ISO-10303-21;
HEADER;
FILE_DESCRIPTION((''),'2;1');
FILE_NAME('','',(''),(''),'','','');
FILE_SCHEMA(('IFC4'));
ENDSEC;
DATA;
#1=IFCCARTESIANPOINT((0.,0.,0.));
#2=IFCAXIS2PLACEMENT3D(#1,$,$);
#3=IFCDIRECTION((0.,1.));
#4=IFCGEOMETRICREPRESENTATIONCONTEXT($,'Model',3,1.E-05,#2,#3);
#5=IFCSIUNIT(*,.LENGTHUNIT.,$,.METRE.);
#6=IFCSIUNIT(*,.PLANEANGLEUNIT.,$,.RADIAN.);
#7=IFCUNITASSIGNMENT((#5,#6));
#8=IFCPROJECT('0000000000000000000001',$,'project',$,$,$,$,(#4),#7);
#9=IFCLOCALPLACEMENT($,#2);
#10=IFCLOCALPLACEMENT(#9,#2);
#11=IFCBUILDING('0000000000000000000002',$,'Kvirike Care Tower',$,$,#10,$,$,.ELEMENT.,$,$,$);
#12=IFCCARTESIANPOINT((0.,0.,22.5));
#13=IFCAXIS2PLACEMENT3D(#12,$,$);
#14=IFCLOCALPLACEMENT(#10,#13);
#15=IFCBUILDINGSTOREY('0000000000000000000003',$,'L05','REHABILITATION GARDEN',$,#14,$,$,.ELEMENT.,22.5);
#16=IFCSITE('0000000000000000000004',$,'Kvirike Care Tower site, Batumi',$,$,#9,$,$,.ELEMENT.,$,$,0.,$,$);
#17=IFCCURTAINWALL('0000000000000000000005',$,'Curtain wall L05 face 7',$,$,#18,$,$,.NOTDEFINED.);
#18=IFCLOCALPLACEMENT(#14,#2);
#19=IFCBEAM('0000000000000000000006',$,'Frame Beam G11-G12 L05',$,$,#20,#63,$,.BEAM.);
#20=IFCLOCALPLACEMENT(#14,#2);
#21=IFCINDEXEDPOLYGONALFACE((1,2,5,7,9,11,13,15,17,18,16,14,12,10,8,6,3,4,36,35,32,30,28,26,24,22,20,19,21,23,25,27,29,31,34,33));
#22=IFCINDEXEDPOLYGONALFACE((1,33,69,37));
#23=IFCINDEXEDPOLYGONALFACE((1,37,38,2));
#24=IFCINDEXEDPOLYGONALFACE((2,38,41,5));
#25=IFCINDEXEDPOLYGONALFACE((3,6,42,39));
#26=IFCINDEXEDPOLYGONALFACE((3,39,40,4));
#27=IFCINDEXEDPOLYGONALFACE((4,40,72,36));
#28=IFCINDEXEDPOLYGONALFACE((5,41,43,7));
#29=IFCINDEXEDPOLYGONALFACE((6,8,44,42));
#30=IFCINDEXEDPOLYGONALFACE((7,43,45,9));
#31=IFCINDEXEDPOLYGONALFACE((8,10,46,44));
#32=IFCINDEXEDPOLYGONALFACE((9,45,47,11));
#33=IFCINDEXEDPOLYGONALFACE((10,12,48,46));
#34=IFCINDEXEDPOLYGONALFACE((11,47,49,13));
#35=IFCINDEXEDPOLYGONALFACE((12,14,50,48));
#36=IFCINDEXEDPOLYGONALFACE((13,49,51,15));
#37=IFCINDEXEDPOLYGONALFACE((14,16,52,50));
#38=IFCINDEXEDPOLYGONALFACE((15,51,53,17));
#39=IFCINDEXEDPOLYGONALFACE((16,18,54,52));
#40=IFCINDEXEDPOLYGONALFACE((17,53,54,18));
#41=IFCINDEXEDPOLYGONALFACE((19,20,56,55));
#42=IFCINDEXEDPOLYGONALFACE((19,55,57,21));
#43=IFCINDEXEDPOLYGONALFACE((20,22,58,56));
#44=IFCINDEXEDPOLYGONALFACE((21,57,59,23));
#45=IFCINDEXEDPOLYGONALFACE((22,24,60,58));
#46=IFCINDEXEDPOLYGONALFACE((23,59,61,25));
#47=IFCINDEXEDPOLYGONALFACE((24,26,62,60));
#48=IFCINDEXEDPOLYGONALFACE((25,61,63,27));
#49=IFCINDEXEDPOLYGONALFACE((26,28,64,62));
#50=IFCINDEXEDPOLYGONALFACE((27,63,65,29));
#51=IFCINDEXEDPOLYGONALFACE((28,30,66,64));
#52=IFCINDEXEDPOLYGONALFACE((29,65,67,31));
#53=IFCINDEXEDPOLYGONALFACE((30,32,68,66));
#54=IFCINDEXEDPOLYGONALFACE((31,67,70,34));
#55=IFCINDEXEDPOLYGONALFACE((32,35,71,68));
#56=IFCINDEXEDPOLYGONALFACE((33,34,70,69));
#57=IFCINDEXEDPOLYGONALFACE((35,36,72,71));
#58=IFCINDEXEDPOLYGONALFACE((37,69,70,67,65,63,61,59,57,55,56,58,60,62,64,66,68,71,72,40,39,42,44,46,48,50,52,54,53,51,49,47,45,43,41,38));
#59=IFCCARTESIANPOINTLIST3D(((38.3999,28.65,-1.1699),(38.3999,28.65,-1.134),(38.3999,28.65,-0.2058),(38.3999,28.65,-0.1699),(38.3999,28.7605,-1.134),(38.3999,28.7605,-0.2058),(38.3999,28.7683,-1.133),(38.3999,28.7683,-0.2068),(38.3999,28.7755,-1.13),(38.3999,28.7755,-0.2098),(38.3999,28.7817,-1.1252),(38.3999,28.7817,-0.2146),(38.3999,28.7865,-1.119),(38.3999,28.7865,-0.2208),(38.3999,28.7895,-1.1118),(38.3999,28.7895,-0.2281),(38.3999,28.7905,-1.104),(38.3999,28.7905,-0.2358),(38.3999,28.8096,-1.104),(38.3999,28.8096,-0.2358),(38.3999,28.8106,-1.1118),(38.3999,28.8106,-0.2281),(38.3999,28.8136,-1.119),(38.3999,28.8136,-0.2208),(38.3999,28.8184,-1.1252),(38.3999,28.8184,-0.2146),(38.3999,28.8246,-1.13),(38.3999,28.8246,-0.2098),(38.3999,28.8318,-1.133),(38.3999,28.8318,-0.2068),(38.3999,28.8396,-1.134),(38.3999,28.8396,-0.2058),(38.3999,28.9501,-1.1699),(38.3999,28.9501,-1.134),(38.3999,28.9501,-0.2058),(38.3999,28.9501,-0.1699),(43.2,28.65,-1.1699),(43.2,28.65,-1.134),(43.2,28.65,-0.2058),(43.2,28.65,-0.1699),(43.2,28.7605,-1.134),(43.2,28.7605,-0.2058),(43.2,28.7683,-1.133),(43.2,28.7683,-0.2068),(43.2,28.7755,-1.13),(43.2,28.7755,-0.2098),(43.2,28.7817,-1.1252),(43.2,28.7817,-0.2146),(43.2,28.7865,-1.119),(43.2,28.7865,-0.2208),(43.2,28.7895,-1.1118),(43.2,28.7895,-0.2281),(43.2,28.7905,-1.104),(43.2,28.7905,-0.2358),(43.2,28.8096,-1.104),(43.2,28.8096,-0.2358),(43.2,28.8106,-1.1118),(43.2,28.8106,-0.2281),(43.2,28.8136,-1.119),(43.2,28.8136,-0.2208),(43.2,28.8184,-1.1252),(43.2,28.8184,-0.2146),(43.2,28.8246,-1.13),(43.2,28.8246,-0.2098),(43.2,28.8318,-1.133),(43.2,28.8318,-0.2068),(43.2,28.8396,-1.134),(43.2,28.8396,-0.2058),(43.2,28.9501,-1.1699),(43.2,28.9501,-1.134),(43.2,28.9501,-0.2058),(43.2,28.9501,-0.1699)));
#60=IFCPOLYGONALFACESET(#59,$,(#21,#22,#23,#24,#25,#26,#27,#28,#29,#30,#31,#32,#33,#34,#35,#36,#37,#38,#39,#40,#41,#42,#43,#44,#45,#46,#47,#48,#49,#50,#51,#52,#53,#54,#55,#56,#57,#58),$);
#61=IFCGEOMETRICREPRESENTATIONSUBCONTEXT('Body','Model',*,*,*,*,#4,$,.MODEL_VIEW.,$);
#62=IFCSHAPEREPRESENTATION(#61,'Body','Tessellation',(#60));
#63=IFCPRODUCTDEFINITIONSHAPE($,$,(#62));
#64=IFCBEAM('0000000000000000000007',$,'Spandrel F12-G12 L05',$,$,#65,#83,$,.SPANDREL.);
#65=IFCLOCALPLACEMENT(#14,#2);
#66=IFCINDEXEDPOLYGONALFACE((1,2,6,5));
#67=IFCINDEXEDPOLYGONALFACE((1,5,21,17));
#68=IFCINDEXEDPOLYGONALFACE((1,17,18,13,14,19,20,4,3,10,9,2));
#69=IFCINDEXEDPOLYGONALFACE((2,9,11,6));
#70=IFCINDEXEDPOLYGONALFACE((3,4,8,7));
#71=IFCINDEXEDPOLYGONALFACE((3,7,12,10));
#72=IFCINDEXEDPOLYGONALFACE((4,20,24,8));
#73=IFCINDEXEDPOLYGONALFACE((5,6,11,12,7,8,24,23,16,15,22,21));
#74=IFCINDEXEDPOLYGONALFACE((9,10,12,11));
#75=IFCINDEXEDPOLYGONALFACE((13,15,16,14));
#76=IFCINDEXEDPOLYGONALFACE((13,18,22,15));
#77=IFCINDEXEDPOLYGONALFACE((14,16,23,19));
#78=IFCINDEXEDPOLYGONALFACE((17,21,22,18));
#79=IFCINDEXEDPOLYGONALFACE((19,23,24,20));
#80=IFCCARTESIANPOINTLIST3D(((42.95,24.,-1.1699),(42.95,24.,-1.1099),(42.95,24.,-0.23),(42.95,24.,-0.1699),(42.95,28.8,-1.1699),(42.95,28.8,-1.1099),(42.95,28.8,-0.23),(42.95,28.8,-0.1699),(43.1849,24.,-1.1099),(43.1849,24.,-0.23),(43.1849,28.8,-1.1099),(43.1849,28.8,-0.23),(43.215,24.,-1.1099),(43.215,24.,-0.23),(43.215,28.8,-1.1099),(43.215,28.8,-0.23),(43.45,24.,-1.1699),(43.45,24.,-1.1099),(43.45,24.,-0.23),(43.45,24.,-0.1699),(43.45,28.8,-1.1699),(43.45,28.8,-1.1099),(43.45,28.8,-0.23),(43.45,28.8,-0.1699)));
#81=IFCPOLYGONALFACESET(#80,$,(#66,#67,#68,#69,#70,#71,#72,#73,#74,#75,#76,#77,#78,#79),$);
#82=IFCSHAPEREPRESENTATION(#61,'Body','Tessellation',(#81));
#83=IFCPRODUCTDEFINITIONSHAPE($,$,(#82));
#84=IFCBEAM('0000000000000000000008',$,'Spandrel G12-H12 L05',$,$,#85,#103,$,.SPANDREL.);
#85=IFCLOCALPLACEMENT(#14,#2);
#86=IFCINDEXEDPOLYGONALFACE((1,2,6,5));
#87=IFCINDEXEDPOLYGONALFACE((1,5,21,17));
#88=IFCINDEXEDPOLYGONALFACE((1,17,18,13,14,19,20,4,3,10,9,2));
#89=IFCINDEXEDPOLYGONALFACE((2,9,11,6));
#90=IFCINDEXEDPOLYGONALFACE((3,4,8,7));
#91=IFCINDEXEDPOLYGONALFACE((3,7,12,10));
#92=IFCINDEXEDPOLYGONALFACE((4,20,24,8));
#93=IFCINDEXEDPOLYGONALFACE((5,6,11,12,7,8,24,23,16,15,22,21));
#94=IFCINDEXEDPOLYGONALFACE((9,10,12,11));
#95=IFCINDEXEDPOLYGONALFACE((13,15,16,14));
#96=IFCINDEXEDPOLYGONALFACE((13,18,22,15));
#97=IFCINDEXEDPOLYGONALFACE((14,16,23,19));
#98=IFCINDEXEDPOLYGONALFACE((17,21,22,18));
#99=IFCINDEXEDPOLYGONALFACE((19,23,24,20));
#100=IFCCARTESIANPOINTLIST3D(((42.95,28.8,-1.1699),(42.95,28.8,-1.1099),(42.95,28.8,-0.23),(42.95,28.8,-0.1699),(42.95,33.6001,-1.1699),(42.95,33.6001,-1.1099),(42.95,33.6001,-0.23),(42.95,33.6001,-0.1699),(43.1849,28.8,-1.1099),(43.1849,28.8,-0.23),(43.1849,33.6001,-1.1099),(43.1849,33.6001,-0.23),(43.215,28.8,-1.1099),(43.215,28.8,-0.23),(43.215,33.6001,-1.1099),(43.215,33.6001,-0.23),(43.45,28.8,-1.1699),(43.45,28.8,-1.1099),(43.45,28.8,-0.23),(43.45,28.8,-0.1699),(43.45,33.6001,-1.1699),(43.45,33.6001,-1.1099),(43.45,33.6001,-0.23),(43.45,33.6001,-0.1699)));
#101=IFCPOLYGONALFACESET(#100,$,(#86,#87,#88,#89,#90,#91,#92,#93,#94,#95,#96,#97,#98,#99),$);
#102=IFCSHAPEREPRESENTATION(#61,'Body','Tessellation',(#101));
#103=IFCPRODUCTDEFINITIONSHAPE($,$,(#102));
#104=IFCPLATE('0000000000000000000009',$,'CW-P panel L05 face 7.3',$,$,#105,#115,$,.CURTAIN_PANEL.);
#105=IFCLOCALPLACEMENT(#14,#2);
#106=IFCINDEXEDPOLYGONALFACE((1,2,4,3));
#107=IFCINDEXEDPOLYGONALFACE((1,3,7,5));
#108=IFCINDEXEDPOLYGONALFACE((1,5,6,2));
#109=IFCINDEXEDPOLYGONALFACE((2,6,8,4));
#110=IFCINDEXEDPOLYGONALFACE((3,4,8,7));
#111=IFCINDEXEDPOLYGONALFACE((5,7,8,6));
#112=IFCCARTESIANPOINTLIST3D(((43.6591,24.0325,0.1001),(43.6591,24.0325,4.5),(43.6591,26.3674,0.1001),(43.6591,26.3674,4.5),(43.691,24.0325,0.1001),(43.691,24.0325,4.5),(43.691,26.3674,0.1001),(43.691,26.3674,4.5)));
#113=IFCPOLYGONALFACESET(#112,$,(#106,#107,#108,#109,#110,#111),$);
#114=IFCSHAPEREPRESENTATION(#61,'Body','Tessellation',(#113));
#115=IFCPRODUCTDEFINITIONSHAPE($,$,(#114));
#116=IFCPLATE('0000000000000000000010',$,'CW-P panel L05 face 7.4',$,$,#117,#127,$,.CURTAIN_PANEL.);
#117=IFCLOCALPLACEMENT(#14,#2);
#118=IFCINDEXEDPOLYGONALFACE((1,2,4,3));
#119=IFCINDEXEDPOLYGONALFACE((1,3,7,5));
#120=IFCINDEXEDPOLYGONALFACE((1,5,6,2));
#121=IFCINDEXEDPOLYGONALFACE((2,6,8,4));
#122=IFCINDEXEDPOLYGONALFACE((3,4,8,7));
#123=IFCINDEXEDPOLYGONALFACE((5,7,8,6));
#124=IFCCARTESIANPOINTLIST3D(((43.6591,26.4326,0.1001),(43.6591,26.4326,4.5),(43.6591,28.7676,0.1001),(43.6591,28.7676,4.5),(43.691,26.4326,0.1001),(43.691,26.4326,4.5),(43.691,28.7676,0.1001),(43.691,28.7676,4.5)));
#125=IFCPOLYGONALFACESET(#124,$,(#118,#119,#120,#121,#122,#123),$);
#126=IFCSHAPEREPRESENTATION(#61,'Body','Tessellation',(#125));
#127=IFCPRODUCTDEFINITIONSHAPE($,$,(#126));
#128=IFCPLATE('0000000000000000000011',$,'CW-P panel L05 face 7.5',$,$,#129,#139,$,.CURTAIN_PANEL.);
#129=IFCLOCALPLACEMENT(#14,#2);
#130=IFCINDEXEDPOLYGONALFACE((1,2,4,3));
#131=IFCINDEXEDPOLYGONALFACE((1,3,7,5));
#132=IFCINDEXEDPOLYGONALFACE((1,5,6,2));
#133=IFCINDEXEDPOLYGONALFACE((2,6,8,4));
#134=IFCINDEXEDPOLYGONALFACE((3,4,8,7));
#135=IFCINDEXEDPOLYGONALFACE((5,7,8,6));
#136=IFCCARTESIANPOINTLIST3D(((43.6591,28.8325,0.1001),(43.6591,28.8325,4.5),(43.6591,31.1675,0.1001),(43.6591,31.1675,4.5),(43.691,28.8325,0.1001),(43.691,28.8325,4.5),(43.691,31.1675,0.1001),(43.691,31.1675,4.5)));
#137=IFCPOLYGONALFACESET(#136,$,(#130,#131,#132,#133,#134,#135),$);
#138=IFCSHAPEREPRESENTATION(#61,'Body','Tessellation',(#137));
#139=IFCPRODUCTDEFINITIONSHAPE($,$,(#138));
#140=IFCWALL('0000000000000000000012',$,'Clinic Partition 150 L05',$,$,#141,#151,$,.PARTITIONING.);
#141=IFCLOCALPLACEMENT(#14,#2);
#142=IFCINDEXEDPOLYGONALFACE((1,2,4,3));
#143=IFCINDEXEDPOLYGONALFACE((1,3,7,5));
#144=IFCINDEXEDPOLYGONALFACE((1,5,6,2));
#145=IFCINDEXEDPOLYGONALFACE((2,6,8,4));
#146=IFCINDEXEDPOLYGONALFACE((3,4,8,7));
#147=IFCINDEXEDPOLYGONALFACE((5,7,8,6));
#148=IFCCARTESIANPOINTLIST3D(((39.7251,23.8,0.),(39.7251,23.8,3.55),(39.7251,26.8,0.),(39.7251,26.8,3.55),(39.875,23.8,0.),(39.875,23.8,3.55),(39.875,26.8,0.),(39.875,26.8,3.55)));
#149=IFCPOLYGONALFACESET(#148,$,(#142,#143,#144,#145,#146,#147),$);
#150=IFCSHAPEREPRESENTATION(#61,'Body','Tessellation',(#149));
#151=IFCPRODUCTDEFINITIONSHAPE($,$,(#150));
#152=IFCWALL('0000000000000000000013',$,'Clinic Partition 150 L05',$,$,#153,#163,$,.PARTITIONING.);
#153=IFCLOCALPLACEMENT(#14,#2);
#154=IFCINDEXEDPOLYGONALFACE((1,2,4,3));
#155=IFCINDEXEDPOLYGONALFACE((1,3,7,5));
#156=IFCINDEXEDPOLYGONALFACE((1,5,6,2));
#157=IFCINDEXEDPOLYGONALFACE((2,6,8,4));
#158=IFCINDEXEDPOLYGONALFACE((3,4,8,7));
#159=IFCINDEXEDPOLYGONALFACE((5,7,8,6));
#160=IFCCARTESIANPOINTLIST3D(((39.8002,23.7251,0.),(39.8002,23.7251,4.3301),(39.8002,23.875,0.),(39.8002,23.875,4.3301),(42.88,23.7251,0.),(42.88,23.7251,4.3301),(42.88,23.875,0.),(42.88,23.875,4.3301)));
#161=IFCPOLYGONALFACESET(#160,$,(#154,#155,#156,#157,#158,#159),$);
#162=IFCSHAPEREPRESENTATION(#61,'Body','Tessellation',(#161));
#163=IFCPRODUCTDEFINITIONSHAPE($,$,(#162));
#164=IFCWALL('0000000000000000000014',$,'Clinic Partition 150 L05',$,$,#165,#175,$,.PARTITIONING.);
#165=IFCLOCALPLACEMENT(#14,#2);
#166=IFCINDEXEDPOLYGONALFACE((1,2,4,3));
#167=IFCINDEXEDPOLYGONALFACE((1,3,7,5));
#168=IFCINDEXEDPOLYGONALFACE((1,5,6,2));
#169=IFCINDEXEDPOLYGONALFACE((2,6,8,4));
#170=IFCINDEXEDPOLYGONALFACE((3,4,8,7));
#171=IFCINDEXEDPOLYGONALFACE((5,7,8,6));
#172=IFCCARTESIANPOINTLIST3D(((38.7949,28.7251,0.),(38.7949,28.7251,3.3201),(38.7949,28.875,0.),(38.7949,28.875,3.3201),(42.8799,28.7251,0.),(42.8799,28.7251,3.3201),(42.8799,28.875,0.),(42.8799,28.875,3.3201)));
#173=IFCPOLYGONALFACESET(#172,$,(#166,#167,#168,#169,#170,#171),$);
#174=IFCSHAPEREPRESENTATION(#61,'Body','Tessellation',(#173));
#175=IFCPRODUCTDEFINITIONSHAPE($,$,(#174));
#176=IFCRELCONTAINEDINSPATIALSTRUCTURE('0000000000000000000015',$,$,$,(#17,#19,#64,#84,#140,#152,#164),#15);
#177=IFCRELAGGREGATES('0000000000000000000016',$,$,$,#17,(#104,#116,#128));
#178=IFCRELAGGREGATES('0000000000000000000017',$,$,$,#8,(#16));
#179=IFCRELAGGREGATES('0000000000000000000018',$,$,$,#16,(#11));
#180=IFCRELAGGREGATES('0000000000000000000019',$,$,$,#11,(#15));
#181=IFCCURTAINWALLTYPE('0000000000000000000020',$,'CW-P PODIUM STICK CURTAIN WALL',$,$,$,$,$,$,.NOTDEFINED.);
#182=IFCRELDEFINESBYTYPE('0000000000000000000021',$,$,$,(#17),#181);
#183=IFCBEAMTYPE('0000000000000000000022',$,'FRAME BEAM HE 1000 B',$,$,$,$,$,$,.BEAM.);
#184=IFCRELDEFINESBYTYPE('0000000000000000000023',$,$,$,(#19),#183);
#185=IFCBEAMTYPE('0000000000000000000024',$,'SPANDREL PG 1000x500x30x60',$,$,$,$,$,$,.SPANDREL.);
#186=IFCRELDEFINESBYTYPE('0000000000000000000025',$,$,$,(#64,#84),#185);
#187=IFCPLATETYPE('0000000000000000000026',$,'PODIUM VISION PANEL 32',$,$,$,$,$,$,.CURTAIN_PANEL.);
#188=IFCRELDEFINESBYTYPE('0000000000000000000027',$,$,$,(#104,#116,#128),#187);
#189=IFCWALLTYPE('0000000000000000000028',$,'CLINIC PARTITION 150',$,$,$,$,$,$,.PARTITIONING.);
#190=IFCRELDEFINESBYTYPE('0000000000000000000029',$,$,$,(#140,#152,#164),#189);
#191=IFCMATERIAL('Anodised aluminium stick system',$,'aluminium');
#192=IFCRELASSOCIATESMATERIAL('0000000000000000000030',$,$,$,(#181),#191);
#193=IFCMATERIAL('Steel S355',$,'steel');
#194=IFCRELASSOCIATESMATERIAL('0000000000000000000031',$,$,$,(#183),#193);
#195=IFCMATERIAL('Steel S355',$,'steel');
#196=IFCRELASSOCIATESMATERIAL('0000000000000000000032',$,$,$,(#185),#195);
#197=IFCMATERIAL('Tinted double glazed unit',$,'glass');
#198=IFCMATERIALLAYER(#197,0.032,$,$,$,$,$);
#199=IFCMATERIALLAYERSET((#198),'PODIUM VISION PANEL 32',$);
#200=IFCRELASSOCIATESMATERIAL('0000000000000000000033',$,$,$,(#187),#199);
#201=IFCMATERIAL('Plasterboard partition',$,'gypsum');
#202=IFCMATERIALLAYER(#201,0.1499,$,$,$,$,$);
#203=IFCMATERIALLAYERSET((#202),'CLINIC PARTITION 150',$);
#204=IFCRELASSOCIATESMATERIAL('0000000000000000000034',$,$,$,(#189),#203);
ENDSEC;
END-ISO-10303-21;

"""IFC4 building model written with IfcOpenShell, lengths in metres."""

from ifc_helpers import new_model, si_unit, direction, frame, frame_2d, origin, origin_2d, place, context, subcontext, project, spatial, rectangle, i_section, extrude, material, layer, layer_set, material_profile, profile_set, type_object, element, aggregate, save


model = new_model("IFC4")

# Units and contexts
model_context = context("Model", 3, precision=1e-05, world=origin(), true_north=direction((0.0, 1.0)))
body_context = subcontext(model_context, "Body", "Model", "MODEL_VIEW")
ifc_project = project(units=[si_unit("LENGTHUNIT", "METRE"), si_unit("PLANEANGLEUNIT", "RADIAN")], contexts=[model_context])

# Site, building, storey
site_placement = place(None, origin())
site = spatial("IfcSite", under=ifc_project, at=site_placement, Name="Kvirike Care Tower site, Batumi", CompositionType="ELEMENT", RefElevation=0.0)
building_placement = place(site_placement, origin())
building = spatial("IfcBuilding", under=site, at=building_placement, Name="Kvirike Care Tower", CompositionType="ELEMENT")
storey_placement = place(building_placement, frame((0.0, 0.0, 22.5)))
storey = spatial("IfcBuildingStorey", under=building, at=storey_placement, Name="L05", Description="REHABILITATION GARDEN", CompositionType="ELEMENT", Elevation=22.5)

# Curtain wall
ifc_material_1 = material(Name="Anodised aluminium stick system", Category="aluminium")
curtain_wall_type = type_object("IfcCurtainWallType", Name="CW-P PODIUM STICK CURTAIN WALL", PredefinedType="NOTDEFINED", material=ifc_material_1)
curtain_wall_placement = place(storey_placement, origin())
curtain_wall = element("IfcCurtainWall", 1, at=curtain_wall_placement, inside=storey, type_object=curtain_wall_type, Name="Curtain wall L05 face 7", PredefinedType="NOTDEFINED")

# Beams
ifc_material_2 = material(Name="Steel S355", Category="steel")
ifc_material_profile_1 = material_profile(ifc_material_2, i_section(OverallWidth=0.3, OverallDepth=1.0, WebThickness=0.019, FlangeThickness=0.0359, FilletRadius=0.03, at=origin_2d()), Name="HE 1000 B")
ifc_profile_set_1 = profile_set([ifc_material_profile_1], Name="Steel S355")
beam_type_1 = type_object("IfcBeamType", Name="FRAME BEAM HE 1000 B", PredefinedType="BEAM", material=ifc_profile_set_1)
beam_placement = place(storey_placement, frame((38.3999, 28.8, -0.6699), z_axis=(1.0, 0.0, 0.0), x_axis=(0.0, 1.0, 0.0)))
element("IfcBeam", 2, at=beam_placement, inside=storey, type_object=beam_type_1, Name="Frame Beam G11-G12 L05", PredefinedType="BEAM", context=body_context, shape_type="SweptSolid", body=[
    extrude(i_section(OverallWidth=0.3, OverallDepth=1.0, WebThickness=0.019, FlangeThickness=0.0359, FilletRadius=0.03, at=origin_2d()), origin(), (0.0, 0.0, 1.0), 4.8),
])
ifc_material_3 = material(Name="Steel S355", Category="steel")
ifc_material_profile_2 = material_profile(ifc_material_3, i_section(OverallWidth=0.5, OverallDepth=1.0, WebThickness=0.03, FlangeThickness=0.0601, at=origin_2d()), Name="PG 1000x500x30x60")
ifc_profile_set_2 = profile_set([ifc_material_profile_2], Name="Steel S355")
beam_type_2 = type_object("IfcBeamType", Name="SPANDREL PG 1000x500x30x60", PredefinedType="SPANDREL", material=ifc_profile_set_2)
for number, where, z_axis, x_axis, name in (
    (3, (43.2, 24.0, -0.6699), (0.0, 1.0, 0.0), (-1.0, 0.0, 0.0), "Spandrel F12-G12 L05"),
    (4, (43.2, 28.8, -0.6699), (0.0, 1.0, 0.0), (-1.0, 0.0, 0.0), "Spandrel G12-H12 L05"),
):
    element("IfcBeam", number, at=place(storey_placement, frame(where, z_axis=z_axis, x_axis=x_axis)), inside=storey, type_object=beam_type_2, Name=name, PredefinedType="SPANDREL", context=body_context, shape_type="SweptSolid", body=[
        extrude(i_section(OverallWidth=0.5, OverallDepth=1.0, WebThickness=0.03, FlangeThickness=0.0601, at=origin_2d()), origin(), (0.0, 0.0, 1.0), 4.8),
    ])

# Plates
ifc_material_4 = material(Name="Tinted double glazed unit", Category="glass")
ifc_layer_1 = layer(ifc_material_4, 0.032)
ifc_layer_set_1 = layer_set([ifc_layer_1], Name="PODIUM VISION PANEL 32")
plate_type = type_object("IfcPlateType", Name="PODIUM VISION PANEL 32", PredefinedType="CURTAIN_PANEL", material=ifc_layer_set_1)
plate_1_placement = place(storey_placement, frame((43.675, 25.2, 0.1001), z_axis=(0.0, 0.0, 1.0), x_axis=(0.0, 1.0, 0.0)))
plate_1 = element("IfcPlate", 5, at=plate_1_placement, type_object=plate_type, Name="CW-P panel L05 face 7.3", PredefinedType="CURTAIN_PANEL", context=body_context, shape_type="SweptSolid", body=[
    extrude(rectangle(XDim=2.335, YDim=0.032, at=origin_2d()), origin(), (0.0, 0.0, 1.0), 4.3999),
])
plate_2_placement = place(storey_placement, frame((43.675, 27.6001, 0.1001), z_axis=(0.0, 0.0, 1.0), x_axis=(0.0, 1.0, 0.0)))
plate_2 = element("IfcPlate", 6, at=plate_2_placement, type_object=plate_type, Name="CW-P panel L05 face 7.4", PredefinedType="CURTAIN_PANEL", context=body_context, shape_type="SweptSolid", body=[
    extrude(rectangle(XDim=2.335, YDim=0.032, at=origin_2d()), origin(), (0.0, 0.0, 1.0), 4.3999),
])
plate_3_placement = place(storey_placement, frame((43.675, 30.0, 0.1001), z_axis=(0.0, 0.0, 1.0), x_axis=(0.0, 1.0, 0.0)))
plate_3 = element("IfcPlate", 7, at=plate_3_placement, type_object=plate_type, Name="CW-P panel L05 face 7.5", PredefinedType="CURTAIN_PANEL", context=body_context, shape_type="SweptSolid", body=[
    extrude(rectangle(XDim=2.335, YDim=0.032, at=origin_2d()), origin(), (0.0, 0.0, 1.0), 4.3999),
])
aggregate(curtain_wall, [plate_1, plate_2, plate_3])

# Walls
ifc_material_5 = material(Name="Plasterboard partition", Category="gypsum")
ifc_layer_2 = layer(ifc_material_5, 0.1499)
ifc_layer_set_2 = layer_set([ifc_layer_2], Name="CLINIC PARTITION 150")
wall_type = type_object("IfcWallType", Name="CLINIC PARTITION 150", PredefinedType="PARTITIONING", material=ifc_layer_set_2)
wall_1_placement = place(storey_placement, frame((39.8, 23.8, 0.0), z_axis=(0.0, 0.0, 1.0), x_axis=(0.0, 1.0, 0.0)))
element("IfcWall", 8, at=wall_1_placement, inside=storey, type_object=wall_type, Name="Clinic Partition 150 L05", PredefinedType="PARTITIONING", context=body_context, shape_type="SweptSolid", body=[
    extrude(rectangle(XDim=3.0, YDim=0.1499, at=frame_2d((1.5, 0.0))), origin(), (0.0, 0.0, 1.0), 3.55),
])
wall_2_placement = place(storey_placement, frame((39.8, 23.8, 0.0), z_axis=(0.0, 0.0, 1.0), x_axis=(1.0, 0.0, 0.0)))
element("IfcWall", 9, at=wall_2_placement, inside=storey, type_object=wall_type, Name="Clinic Partition 150 L05", PredefinedType="PARTITIONING", context=body_context, shape_type="SweptSolid", body=[
    extrude(rectangle(XDim=3.0798, YDim=0.1499, at=frame_2d((1.54, 0.0))), origin(), (0.0, 0.0, 1.0), 4.3301),
])
wall_3_placement = place(storey_placement, frame((42.8799, 28.8, 0.0), z_axis=(0.0, 0.0, 1.0), x_axis=(-1.0, 0.0, 0.0)))
element("IfcWall", 10, at=wall_3_placement, inside=storey, type_object=wall_type, Name="Clinic Partition 150 L05", PredefinedType="PARTITIONING", context=body_context, shape_type="SweptSolid", body=[
    extrude(rectangle(XDim=4.085, YDim=0.1499, at=frame_2d((2.0425, 0.0))), origin(), (0.0, 0.0, 1.0), 3.3201),
])

save(model, "model.ifc")
